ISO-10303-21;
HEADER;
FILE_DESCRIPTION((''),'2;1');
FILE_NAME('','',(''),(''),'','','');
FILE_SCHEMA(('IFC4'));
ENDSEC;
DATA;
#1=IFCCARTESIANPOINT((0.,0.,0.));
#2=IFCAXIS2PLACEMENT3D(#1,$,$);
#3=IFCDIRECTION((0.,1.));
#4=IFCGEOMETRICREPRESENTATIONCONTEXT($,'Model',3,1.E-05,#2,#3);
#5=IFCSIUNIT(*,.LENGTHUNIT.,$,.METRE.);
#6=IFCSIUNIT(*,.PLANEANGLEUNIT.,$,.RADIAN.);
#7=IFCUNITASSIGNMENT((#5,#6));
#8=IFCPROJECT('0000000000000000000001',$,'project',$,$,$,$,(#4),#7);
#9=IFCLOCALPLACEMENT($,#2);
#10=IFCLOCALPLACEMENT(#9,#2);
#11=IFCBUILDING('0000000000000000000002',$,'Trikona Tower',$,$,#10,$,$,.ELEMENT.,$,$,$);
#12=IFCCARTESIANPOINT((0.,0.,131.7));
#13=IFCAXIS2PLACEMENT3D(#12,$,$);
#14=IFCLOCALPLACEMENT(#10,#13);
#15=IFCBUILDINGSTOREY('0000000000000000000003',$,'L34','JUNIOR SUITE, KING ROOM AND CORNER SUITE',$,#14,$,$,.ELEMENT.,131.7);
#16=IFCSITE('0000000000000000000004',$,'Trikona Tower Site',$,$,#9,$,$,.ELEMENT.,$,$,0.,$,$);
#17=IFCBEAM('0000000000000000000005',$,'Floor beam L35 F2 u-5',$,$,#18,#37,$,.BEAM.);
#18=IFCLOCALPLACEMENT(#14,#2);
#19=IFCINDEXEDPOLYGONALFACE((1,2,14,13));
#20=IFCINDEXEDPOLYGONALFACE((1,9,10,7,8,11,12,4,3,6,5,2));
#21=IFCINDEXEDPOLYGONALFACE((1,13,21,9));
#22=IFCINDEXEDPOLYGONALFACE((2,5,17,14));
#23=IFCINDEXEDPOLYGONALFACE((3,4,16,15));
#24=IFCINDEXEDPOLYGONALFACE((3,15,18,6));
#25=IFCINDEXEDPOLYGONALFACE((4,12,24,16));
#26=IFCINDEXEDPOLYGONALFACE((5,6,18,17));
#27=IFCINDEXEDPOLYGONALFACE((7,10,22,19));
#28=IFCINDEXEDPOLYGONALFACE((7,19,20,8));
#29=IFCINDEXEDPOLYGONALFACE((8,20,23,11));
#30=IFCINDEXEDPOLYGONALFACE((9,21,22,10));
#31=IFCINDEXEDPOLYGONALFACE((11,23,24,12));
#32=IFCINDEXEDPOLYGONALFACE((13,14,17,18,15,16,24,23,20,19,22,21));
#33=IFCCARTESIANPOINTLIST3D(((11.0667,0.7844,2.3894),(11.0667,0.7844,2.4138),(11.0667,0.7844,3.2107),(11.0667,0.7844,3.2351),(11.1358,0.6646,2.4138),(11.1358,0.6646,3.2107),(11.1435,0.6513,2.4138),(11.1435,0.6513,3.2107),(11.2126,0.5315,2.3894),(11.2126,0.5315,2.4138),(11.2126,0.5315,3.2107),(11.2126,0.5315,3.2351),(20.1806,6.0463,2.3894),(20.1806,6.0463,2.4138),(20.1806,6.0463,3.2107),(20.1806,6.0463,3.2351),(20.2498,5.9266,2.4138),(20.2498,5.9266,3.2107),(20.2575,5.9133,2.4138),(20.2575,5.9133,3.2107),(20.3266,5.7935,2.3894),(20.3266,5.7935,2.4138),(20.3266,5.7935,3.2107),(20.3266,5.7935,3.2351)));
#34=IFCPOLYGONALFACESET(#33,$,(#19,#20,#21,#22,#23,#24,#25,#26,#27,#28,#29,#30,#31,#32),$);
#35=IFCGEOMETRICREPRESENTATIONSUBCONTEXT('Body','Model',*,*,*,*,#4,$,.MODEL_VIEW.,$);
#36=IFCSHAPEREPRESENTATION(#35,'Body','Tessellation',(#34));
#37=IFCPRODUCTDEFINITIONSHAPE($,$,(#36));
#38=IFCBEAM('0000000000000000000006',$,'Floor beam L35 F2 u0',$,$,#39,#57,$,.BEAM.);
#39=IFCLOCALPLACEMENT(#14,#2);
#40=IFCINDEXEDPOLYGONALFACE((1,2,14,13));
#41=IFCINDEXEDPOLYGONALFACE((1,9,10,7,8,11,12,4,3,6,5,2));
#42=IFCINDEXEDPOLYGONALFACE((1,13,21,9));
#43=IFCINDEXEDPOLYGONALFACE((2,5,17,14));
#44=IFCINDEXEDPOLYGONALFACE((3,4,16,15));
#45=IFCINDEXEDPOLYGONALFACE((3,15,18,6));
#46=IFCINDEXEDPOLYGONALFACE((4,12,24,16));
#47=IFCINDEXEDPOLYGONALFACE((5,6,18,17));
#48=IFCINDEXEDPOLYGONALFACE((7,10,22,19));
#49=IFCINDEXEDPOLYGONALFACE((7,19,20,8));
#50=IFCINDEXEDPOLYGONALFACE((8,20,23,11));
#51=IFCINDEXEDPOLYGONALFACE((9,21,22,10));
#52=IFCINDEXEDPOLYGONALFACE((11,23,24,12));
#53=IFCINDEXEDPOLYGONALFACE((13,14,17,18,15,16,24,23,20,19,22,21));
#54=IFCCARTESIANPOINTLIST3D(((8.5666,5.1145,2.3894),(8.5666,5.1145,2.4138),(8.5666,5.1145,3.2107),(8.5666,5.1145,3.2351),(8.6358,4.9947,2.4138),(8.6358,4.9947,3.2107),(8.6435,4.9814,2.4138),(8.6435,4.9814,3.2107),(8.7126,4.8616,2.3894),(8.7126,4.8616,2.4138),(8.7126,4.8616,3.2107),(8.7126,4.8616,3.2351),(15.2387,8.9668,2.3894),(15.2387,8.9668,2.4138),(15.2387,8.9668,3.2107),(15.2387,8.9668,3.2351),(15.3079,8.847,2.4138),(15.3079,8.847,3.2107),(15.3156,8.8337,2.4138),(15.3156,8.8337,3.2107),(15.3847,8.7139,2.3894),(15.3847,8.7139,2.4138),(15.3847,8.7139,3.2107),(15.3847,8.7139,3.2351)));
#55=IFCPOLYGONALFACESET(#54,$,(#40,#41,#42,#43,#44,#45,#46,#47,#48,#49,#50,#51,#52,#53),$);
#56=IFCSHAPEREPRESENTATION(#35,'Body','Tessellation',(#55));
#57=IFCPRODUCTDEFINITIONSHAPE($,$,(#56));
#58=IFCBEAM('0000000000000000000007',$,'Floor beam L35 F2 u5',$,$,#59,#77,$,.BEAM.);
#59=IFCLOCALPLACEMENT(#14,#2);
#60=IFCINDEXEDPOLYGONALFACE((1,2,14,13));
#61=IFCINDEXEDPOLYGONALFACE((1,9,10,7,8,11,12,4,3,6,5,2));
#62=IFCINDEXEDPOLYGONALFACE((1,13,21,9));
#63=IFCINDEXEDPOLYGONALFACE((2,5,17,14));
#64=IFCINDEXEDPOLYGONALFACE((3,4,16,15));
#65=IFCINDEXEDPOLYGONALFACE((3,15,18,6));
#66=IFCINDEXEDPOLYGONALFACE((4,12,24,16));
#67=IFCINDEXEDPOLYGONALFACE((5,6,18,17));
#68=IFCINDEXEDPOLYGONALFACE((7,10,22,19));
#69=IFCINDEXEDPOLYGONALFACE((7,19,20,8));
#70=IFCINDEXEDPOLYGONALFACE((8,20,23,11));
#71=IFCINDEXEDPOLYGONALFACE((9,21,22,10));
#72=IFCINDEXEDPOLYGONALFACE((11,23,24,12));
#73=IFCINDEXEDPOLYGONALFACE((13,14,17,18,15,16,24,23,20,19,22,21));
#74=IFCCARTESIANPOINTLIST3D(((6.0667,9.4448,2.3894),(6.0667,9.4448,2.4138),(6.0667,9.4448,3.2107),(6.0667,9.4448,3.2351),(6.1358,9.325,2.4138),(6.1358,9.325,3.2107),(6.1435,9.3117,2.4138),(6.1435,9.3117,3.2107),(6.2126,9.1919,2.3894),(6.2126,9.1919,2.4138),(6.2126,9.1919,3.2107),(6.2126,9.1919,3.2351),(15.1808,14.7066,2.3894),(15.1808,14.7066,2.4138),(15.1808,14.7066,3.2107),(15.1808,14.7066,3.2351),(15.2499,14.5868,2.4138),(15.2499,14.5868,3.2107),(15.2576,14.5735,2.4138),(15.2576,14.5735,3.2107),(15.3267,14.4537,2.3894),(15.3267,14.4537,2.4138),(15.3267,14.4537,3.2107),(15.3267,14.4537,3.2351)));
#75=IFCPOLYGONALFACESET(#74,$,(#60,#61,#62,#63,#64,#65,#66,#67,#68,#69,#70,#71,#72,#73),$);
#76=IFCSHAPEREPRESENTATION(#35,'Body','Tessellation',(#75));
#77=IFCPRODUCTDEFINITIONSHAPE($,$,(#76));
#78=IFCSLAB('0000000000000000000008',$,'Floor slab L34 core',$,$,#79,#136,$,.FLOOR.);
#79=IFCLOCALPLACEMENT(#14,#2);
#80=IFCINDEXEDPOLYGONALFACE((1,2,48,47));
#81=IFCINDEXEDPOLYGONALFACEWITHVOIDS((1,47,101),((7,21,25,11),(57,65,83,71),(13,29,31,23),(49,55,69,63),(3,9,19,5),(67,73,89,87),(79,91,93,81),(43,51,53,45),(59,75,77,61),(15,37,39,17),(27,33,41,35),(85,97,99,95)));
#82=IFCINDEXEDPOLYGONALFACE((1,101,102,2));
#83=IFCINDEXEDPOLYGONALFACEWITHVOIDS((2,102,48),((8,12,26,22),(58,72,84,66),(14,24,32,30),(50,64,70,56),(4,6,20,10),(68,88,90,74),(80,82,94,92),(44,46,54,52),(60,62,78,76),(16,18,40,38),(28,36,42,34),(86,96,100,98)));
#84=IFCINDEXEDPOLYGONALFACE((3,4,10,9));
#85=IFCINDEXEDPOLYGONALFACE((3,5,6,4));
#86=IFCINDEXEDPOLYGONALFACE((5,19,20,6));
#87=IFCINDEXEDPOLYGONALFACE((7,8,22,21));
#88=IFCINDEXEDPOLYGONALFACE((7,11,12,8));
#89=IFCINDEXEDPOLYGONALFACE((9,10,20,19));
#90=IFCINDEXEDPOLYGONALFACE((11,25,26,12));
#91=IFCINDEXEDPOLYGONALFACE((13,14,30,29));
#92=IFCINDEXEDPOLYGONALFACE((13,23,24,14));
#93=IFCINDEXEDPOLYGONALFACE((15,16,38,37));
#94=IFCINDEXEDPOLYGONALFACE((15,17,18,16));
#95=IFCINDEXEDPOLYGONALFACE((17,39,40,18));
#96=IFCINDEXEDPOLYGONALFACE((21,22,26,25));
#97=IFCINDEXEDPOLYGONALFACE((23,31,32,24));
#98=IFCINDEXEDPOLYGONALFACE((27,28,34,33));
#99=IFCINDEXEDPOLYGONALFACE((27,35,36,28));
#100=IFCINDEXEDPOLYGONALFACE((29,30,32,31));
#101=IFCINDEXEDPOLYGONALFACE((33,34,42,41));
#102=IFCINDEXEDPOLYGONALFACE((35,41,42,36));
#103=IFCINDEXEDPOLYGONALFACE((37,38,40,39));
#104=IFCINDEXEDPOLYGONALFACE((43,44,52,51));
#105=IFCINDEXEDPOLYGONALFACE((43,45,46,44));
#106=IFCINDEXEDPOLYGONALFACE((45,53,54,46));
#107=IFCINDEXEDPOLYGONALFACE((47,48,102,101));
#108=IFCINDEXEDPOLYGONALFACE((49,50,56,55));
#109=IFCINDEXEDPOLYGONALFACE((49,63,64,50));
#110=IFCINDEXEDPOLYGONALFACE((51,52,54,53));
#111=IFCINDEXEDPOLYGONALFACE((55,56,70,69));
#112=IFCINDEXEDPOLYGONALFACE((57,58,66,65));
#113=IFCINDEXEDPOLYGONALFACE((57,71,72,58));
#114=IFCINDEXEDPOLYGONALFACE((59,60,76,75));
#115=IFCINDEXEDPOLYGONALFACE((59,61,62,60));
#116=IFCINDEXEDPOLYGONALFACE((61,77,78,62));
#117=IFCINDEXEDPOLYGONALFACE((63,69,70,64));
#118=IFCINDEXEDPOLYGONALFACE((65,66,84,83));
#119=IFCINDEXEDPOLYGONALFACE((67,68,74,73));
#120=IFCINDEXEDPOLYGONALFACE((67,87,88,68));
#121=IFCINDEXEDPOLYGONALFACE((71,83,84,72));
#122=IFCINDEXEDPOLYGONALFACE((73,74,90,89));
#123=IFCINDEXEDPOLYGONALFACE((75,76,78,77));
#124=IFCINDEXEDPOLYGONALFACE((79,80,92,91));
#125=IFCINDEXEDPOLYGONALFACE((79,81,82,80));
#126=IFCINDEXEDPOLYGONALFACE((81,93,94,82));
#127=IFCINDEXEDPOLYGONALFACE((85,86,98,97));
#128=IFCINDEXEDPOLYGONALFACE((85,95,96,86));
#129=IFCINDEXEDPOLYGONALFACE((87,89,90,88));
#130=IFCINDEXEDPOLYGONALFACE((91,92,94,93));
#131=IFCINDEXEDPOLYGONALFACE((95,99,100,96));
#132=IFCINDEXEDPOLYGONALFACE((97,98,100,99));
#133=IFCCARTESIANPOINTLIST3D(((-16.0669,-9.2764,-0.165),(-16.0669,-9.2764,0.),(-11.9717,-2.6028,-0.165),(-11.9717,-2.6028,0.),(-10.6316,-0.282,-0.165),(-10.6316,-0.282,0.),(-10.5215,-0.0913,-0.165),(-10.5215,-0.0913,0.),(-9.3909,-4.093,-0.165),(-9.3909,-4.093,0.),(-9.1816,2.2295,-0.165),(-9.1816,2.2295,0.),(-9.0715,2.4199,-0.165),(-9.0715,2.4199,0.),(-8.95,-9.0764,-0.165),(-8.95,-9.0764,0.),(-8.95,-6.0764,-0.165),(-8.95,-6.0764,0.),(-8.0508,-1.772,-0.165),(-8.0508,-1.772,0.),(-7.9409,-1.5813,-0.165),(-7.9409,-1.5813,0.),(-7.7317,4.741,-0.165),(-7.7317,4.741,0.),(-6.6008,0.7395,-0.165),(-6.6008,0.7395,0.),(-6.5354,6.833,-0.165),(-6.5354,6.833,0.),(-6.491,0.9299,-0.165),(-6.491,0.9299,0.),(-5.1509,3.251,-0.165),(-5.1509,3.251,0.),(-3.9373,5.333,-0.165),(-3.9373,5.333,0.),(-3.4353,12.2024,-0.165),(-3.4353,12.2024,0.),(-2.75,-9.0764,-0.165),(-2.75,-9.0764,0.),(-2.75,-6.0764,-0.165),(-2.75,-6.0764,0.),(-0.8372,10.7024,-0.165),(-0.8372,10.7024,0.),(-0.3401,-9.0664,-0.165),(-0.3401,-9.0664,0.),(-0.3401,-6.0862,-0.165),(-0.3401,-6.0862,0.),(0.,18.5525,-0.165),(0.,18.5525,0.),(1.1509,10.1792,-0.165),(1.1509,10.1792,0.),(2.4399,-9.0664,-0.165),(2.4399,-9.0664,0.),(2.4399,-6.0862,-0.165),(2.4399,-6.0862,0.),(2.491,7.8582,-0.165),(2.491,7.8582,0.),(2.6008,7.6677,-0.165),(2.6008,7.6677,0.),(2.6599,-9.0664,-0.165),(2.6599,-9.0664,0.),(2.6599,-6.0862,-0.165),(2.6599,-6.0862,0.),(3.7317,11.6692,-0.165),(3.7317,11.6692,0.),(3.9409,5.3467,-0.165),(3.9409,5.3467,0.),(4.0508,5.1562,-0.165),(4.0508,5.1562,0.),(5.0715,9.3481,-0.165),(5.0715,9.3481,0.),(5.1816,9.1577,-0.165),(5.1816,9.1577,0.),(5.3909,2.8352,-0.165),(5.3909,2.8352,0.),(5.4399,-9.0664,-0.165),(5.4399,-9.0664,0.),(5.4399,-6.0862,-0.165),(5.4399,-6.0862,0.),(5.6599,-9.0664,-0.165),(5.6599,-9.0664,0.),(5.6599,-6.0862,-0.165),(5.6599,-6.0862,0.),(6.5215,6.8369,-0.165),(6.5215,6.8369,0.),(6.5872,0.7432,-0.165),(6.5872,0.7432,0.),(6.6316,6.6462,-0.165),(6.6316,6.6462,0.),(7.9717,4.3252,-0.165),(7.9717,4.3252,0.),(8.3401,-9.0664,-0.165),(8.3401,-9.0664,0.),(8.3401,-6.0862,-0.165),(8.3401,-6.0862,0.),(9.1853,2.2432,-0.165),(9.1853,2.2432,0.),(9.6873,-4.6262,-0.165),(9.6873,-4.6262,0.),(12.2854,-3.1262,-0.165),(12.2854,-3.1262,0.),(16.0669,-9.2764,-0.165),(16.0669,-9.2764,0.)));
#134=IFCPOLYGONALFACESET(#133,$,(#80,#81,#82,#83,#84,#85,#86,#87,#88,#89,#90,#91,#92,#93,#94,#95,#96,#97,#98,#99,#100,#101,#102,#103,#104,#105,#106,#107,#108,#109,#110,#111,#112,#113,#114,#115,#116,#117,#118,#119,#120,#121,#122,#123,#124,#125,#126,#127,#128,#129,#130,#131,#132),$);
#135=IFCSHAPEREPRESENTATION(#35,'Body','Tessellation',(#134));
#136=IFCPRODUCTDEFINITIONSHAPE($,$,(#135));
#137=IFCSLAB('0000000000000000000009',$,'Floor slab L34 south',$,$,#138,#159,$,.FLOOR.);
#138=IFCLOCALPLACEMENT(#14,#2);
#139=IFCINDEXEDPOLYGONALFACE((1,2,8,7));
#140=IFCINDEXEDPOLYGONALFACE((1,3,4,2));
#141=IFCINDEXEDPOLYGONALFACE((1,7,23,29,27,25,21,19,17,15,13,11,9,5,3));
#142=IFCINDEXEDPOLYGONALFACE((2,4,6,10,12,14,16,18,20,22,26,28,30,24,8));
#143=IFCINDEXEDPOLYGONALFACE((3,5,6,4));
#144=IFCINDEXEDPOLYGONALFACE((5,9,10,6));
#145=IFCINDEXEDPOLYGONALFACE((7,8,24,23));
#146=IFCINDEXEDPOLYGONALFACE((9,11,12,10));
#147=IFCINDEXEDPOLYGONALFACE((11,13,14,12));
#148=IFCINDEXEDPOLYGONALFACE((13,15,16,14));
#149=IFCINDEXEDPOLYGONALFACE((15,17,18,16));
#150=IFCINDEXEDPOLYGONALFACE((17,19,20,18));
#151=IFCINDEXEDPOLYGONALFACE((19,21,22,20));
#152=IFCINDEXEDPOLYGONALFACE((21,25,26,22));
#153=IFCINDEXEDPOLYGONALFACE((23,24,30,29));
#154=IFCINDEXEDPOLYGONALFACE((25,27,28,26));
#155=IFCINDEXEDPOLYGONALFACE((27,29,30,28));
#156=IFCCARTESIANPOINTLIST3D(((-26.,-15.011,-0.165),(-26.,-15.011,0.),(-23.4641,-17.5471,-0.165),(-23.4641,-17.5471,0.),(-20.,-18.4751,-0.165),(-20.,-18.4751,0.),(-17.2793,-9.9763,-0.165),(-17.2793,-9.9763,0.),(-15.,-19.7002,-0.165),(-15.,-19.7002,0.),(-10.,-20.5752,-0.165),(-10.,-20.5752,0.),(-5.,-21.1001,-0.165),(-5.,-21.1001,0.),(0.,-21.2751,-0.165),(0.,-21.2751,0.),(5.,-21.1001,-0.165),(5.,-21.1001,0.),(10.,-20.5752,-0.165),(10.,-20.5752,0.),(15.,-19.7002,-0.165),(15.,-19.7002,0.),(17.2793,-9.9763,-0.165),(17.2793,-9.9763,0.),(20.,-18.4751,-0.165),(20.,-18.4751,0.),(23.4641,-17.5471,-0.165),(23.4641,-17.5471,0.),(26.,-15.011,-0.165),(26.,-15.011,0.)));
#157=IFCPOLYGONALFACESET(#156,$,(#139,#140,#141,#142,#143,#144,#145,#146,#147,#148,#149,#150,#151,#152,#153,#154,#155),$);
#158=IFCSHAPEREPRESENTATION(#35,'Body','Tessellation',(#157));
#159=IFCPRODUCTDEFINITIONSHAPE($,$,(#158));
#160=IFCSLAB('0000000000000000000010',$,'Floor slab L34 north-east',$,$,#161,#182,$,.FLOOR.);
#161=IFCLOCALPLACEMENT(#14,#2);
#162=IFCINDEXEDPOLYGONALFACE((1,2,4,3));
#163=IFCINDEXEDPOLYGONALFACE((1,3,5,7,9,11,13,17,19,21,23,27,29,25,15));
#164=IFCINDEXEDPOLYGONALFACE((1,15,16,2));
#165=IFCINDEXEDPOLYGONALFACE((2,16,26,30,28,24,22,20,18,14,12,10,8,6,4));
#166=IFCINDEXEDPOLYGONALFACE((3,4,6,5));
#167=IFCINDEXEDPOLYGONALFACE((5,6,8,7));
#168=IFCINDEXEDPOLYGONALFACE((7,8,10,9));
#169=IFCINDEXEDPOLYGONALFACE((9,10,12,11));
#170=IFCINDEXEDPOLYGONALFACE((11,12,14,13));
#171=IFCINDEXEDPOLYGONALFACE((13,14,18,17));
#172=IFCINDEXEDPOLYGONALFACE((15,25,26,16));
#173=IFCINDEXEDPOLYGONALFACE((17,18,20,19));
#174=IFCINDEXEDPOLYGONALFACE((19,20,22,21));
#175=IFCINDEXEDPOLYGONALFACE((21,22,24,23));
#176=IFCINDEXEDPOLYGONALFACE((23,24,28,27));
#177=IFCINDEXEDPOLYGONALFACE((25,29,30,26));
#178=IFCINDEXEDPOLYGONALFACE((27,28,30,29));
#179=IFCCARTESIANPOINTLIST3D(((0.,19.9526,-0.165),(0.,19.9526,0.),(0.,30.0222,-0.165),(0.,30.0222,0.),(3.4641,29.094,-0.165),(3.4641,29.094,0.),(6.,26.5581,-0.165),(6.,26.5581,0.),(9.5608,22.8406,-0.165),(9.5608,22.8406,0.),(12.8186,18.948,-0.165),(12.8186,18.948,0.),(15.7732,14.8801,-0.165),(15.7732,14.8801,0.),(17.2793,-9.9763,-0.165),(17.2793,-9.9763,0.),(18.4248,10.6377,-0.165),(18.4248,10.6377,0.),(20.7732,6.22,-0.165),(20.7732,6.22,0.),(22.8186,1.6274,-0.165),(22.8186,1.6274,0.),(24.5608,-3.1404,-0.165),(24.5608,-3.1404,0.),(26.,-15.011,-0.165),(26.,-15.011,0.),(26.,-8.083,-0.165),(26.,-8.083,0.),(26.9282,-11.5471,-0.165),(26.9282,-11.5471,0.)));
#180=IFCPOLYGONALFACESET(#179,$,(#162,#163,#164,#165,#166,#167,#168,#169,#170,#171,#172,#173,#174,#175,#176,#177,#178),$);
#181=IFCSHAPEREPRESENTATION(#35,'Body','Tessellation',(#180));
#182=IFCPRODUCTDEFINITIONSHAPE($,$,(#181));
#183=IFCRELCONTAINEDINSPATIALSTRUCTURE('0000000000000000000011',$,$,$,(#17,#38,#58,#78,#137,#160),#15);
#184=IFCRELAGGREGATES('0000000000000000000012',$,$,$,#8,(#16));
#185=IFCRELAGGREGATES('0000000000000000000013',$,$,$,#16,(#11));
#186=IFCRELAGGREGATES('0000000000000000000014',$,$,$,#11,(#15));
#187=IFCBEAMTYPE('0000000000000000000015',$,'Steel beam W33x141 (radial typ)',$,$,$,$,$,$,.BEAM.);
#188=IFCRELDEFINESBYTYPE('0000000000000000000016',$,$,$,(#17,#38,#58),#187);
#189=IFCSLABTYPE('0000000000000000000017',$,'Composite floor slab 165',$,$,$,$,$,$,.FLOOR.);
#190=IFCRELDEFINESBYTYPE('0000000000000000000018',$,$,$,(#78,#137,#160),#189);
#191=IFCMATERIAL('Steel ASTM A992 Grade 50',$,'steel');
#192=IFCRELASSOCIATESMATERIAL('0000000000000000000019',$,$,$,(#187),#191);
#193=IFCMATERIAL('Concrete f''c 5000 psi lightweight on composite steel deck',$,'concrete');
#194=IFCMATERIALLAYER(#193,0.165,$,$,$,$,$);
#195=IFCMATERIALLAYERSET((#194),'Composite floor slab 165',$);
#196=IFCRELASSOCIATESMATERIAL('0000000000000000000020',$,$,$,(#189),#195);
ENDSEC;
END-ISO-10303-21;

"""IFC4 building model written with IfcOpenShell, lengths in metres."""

from ifc_helpers import new_model, si_unit, direction, frame, origin, origin_2d, place, context, subcontext, project, spatial, polyline, i_section, outline, extrude, material, layer, layer_set, material_profile, profile_set, type_object, element, save


model = new_model("IFC4")

# Units and contexts
model_context = context("Model", 3, precision=1e-05, world=origin(), true_north=direction((0.0, 1.0)))
body_context = subcontext(model_context, "Body", "Model", "MODEL_VIEW")
ifc_project = project(units=[si_unit("LENGTHUNIT", "METRE"), si_unit("PLANEANGLEUNIT", "RADIAN")], contexts=[model_context])

# Site, building, storey
site_placement = place(None, origin())
site = spatial("IfcSite", under=ifc_project, at=site_placement, Name="Trikona Tower Site", CompositionType="ELEMENT", RefElevation=0.0)
building_placement = place(site_placement, origin())
building = spatial("IfcBuilding", under=site, at=building_placement, Name="Trikona Tower", CompositionType="ELEMENT")
storey_placement = place(building_placement, frame((0.0, 0.0, 131.7)))
storey = spatial("IfcBuildingStorey", under=building, at=storey_placement, Name="L34", Description="JUNIOR SUITE, KING ROOM AND CORNER SUITE", CompositionType="ELEMENT", Elevation=131.7)

# Beams
ifc_material_1 = material(Name="Steel ASTM A992 Grade 50", Category="steel")
ifc_material_profile = material_profile(ifc_material_1, i_section(OverallWidth=0.292, OverallDepth=0.8457, WebThickness=0.0154, FlangeThickness=0.0244, at=origin_2d()), Name="W33X141")
ifc_profile_set = profile_set([ifc_material_profile], Name="Steel ASTM A992 Grade 50")
beam_type = type_object("IfcBeamType", Name="Steel beam W33x141 (radial typ)", PredefinedType="BEAM", material=ifc_profile_set)
beam_1_placement = place(storey_placement, frame((11.1396, 0.658, 2.8123), z_axis=(0.866026, 0.499999, 0.0), x_axis=(-0.499999, 0.866026, 0.0)))
element("IfcBeam", 1, at=beam_1_placement, inside=storey, type_object=beam_type, Name="Floor beam L35 F2 u-5", PredefinedType="BEAM", context=body_context, shape_type="SweptSolid", body=[
    extrude(i_section(OverallWidth=0.292, OverallDepth=0.8457, WebThickness=0.0154, FlangeThickness=0.0244, at=origin_2d()), origin(), (0.0, 0.0, 1.0), 10.5239),
])
beam_2_placement = place(storey_placement, frame((8.6396, 4.988, 2.8123), z_axis=(0.866017, 0.500014, 0.0), x_axis=(-0.500014, 0.866017, 0.0)))
element("IfcBeam", 2, at=beam_2_placement, inside=storey, type_object=beam_type, Name="Floor beam L35 F2 u0", PredefinedType="BEAM", context=body_context, shape_type="SweptSolid", body=[
    extrude(i_section(OverallWidth=0.292, OverallDepth=0.8457, WebThickness=0.0154, FlangeThickness=0.0244, at=origin_2d()), origin(), (0.0, 0.0, 1.0), 7.7043),
])
beam_3_placement = place(storey_placement, frame((6.1396, 9.3184, 2.8123), z_axis=(0.866036, 0.499982, 0.0), x_axis=(-0.499982, 0.866036, 0.0)))
element("IfcBeam", 3, at=beam_3_placement, inside=storey, type_object=beam_type, Name="Floor beam L35 F2 u5", PredefinedType="BEAM", context=body_context, shape_type="SweptSolid", body=[
    extrude(i_section(OverallWidth=0.292, OverallDepth=0.8457, WebThickness=0.0154, FlangeThickness=0.0244, at=origin_2d()), origin(), (0.0, 0.0, 1.0), 10.5239),
])

# Slabs
ifc_material_2 = material(Name="Concrete f'c 5000 psi lightweight on composite steel deck", Category="concrete")
ifc_layer_1 = layer(ifc_material_2, 0.165)
ifc_layer_set_1 = layer_set([ifc_layer_1], Name="Composite floor slab 165")
slab_type_1 = type_object("IfcSlabType", Name="Composite floor slab 165", PredefinedType="FLOOR", material=ifc_layer_set_1)
slab_1_placement = place(storey_placement, frame((0.0, 0.0, -0.165)))
element("IfcSlab", 4, at=slab_1_placement, inside=storey, type_object=slab_type_1, Name="Floor slab L34 core", PredefinedType="FLOOR", context=body_context, shape_type="SweptSolid", body=[
    extrude(outline(polyline([(-16.0669, -9.2764), (16.0669, -9.2764), (0.0, 18.5525), (-16.0669, -9.2764)]), holes=[polyline([(12.2854, -3.1262), (9.1853, 2.2432), (6.5872, 0.7432), (9.6873, -4.6262), (12.2854, -3.1262)]), polyline([(8.3401, -9.0664), (8.3401, -6.0862), (5.6599, -6.0862), (5.6599, -9.0664), (8.3401, -9.0664)]), polyline([(5.3909, 2.8352), (7.9717, 4.3252), (6.6316, 6.6462), (4.0508, 5.1562), (5.3909, 2.8352)]), polyline([(2.6008, 7.6677), (3.9409, 5.3467), (6.5215, 6.8369), (5.1816, 9.1577), (2.6008, 7.6677)]), polyline([(5.4399, -6.0862), (2.6599, -6.0862), (2.6599, -9.0664), (5.4399, -9.0664), (5.4399, -6.0862)]), polyline([(3.7317, 11.6692), (1.1509, 10.1792), (2.491, 7.8582), (5.0715, 9.3481), (3.7317, 11.6692)]), polyline([(-0.3401, -6.0862), (-0.3401, -9.0664), (2.4399, -9.0664), (2.4399, -6.0862), (-0.3401, -6.0862)]), polyline([(-3.4353, 12.2024), (-6.5354, 6.833), (-3.9373, 5.333), (-0.8372, 10.7024), (-3.4353, 12.2024)]), polyline([(-8.95, -9.0764), (-2.75, -9.0764), (-2.75, -6.0764), (-8.95, -6.0764), (-8.95, -9.0764)]), polyline([(-5.1509, 3.251), (-7.7317, 4.741), (-9.0715, 2.4199), (-6.491, 0.9299), (-5.1509, 3.251)]), polyline([(-7.9409, -1.5813), (-6.6008, 0.7395), (-9.1816, 2.2295), (-10.5215, -0.0913), (-7.9409, -1.5813)]), polyline([(-11.9717, -2.6028), (-9.3909, -4.093), (-8.0508, -1.772), (-10.6316, -0.282), (-11.9717, -2.6028)])]), origin(), (0.0, 0.0, 1.0), 0.165),
])
slab_2_placement = place(storey_placement, frame((0.0, 0.0, -0.165)))
element("IfcSlab", 5, at=slab_2_placement, inside=storey, type_object=slab_type_1, Name="Floor slab L34 south", PredefinedType="FLOOR", context=body_context, shape_type="SweptSolid", body=[
    extrude(outline(polyline([(23.4641, -17.5471), (26.0, -15.011), (17.2793, -9.9763), (-17.2793, -9.9763), (-26.0, -15.011), (-23.4641, -17.5471), (-20.0, -18.4751), (-15.0, -19.7002), (-10.0, -20.5752), (-5.0, -21.1001), (0.0, -21.2751), (5.0, -21.1001), (10.0, -20.5752), (15.0, -19.7002), (20.0, -18.4751), (23.4641, -17.5471)])), origin(), (0.0, 0.0, 1.0), 0.165),
])
slab_3_placement = place(storey_placement, frame((0.0, 0.0, -0.165)))
element("IfcSlab", 6, at=slab_3_placement, inside=storey, type_object=slab_type_1, Name="Floor slab L34 north-east", PredefinedType="FLOOR", context=body_context, shape_type="SweptSolid", body=[
    extrude(outline(polyline([(3.4641, 29.094), (0.0, 30.0222), (0.0, 19.9526), (17.2793, -9.9763), (26.0, -15.011), (26.9282, -11.5471), (26.0, -8.083), (24.5608, -3.1404), (22.8186, 1.6274), (20.7732, 6.22), (18.4248, 10.6377), (15.7732, 14.8801), (12.8186, 18.948), (9.5608, 22.8406), (6.0, 26.5581), (3.4641, 29.094)])), origin(), (0.0, 0.0, 1.0), 0.165),
])

save(model, "model.ifc")
